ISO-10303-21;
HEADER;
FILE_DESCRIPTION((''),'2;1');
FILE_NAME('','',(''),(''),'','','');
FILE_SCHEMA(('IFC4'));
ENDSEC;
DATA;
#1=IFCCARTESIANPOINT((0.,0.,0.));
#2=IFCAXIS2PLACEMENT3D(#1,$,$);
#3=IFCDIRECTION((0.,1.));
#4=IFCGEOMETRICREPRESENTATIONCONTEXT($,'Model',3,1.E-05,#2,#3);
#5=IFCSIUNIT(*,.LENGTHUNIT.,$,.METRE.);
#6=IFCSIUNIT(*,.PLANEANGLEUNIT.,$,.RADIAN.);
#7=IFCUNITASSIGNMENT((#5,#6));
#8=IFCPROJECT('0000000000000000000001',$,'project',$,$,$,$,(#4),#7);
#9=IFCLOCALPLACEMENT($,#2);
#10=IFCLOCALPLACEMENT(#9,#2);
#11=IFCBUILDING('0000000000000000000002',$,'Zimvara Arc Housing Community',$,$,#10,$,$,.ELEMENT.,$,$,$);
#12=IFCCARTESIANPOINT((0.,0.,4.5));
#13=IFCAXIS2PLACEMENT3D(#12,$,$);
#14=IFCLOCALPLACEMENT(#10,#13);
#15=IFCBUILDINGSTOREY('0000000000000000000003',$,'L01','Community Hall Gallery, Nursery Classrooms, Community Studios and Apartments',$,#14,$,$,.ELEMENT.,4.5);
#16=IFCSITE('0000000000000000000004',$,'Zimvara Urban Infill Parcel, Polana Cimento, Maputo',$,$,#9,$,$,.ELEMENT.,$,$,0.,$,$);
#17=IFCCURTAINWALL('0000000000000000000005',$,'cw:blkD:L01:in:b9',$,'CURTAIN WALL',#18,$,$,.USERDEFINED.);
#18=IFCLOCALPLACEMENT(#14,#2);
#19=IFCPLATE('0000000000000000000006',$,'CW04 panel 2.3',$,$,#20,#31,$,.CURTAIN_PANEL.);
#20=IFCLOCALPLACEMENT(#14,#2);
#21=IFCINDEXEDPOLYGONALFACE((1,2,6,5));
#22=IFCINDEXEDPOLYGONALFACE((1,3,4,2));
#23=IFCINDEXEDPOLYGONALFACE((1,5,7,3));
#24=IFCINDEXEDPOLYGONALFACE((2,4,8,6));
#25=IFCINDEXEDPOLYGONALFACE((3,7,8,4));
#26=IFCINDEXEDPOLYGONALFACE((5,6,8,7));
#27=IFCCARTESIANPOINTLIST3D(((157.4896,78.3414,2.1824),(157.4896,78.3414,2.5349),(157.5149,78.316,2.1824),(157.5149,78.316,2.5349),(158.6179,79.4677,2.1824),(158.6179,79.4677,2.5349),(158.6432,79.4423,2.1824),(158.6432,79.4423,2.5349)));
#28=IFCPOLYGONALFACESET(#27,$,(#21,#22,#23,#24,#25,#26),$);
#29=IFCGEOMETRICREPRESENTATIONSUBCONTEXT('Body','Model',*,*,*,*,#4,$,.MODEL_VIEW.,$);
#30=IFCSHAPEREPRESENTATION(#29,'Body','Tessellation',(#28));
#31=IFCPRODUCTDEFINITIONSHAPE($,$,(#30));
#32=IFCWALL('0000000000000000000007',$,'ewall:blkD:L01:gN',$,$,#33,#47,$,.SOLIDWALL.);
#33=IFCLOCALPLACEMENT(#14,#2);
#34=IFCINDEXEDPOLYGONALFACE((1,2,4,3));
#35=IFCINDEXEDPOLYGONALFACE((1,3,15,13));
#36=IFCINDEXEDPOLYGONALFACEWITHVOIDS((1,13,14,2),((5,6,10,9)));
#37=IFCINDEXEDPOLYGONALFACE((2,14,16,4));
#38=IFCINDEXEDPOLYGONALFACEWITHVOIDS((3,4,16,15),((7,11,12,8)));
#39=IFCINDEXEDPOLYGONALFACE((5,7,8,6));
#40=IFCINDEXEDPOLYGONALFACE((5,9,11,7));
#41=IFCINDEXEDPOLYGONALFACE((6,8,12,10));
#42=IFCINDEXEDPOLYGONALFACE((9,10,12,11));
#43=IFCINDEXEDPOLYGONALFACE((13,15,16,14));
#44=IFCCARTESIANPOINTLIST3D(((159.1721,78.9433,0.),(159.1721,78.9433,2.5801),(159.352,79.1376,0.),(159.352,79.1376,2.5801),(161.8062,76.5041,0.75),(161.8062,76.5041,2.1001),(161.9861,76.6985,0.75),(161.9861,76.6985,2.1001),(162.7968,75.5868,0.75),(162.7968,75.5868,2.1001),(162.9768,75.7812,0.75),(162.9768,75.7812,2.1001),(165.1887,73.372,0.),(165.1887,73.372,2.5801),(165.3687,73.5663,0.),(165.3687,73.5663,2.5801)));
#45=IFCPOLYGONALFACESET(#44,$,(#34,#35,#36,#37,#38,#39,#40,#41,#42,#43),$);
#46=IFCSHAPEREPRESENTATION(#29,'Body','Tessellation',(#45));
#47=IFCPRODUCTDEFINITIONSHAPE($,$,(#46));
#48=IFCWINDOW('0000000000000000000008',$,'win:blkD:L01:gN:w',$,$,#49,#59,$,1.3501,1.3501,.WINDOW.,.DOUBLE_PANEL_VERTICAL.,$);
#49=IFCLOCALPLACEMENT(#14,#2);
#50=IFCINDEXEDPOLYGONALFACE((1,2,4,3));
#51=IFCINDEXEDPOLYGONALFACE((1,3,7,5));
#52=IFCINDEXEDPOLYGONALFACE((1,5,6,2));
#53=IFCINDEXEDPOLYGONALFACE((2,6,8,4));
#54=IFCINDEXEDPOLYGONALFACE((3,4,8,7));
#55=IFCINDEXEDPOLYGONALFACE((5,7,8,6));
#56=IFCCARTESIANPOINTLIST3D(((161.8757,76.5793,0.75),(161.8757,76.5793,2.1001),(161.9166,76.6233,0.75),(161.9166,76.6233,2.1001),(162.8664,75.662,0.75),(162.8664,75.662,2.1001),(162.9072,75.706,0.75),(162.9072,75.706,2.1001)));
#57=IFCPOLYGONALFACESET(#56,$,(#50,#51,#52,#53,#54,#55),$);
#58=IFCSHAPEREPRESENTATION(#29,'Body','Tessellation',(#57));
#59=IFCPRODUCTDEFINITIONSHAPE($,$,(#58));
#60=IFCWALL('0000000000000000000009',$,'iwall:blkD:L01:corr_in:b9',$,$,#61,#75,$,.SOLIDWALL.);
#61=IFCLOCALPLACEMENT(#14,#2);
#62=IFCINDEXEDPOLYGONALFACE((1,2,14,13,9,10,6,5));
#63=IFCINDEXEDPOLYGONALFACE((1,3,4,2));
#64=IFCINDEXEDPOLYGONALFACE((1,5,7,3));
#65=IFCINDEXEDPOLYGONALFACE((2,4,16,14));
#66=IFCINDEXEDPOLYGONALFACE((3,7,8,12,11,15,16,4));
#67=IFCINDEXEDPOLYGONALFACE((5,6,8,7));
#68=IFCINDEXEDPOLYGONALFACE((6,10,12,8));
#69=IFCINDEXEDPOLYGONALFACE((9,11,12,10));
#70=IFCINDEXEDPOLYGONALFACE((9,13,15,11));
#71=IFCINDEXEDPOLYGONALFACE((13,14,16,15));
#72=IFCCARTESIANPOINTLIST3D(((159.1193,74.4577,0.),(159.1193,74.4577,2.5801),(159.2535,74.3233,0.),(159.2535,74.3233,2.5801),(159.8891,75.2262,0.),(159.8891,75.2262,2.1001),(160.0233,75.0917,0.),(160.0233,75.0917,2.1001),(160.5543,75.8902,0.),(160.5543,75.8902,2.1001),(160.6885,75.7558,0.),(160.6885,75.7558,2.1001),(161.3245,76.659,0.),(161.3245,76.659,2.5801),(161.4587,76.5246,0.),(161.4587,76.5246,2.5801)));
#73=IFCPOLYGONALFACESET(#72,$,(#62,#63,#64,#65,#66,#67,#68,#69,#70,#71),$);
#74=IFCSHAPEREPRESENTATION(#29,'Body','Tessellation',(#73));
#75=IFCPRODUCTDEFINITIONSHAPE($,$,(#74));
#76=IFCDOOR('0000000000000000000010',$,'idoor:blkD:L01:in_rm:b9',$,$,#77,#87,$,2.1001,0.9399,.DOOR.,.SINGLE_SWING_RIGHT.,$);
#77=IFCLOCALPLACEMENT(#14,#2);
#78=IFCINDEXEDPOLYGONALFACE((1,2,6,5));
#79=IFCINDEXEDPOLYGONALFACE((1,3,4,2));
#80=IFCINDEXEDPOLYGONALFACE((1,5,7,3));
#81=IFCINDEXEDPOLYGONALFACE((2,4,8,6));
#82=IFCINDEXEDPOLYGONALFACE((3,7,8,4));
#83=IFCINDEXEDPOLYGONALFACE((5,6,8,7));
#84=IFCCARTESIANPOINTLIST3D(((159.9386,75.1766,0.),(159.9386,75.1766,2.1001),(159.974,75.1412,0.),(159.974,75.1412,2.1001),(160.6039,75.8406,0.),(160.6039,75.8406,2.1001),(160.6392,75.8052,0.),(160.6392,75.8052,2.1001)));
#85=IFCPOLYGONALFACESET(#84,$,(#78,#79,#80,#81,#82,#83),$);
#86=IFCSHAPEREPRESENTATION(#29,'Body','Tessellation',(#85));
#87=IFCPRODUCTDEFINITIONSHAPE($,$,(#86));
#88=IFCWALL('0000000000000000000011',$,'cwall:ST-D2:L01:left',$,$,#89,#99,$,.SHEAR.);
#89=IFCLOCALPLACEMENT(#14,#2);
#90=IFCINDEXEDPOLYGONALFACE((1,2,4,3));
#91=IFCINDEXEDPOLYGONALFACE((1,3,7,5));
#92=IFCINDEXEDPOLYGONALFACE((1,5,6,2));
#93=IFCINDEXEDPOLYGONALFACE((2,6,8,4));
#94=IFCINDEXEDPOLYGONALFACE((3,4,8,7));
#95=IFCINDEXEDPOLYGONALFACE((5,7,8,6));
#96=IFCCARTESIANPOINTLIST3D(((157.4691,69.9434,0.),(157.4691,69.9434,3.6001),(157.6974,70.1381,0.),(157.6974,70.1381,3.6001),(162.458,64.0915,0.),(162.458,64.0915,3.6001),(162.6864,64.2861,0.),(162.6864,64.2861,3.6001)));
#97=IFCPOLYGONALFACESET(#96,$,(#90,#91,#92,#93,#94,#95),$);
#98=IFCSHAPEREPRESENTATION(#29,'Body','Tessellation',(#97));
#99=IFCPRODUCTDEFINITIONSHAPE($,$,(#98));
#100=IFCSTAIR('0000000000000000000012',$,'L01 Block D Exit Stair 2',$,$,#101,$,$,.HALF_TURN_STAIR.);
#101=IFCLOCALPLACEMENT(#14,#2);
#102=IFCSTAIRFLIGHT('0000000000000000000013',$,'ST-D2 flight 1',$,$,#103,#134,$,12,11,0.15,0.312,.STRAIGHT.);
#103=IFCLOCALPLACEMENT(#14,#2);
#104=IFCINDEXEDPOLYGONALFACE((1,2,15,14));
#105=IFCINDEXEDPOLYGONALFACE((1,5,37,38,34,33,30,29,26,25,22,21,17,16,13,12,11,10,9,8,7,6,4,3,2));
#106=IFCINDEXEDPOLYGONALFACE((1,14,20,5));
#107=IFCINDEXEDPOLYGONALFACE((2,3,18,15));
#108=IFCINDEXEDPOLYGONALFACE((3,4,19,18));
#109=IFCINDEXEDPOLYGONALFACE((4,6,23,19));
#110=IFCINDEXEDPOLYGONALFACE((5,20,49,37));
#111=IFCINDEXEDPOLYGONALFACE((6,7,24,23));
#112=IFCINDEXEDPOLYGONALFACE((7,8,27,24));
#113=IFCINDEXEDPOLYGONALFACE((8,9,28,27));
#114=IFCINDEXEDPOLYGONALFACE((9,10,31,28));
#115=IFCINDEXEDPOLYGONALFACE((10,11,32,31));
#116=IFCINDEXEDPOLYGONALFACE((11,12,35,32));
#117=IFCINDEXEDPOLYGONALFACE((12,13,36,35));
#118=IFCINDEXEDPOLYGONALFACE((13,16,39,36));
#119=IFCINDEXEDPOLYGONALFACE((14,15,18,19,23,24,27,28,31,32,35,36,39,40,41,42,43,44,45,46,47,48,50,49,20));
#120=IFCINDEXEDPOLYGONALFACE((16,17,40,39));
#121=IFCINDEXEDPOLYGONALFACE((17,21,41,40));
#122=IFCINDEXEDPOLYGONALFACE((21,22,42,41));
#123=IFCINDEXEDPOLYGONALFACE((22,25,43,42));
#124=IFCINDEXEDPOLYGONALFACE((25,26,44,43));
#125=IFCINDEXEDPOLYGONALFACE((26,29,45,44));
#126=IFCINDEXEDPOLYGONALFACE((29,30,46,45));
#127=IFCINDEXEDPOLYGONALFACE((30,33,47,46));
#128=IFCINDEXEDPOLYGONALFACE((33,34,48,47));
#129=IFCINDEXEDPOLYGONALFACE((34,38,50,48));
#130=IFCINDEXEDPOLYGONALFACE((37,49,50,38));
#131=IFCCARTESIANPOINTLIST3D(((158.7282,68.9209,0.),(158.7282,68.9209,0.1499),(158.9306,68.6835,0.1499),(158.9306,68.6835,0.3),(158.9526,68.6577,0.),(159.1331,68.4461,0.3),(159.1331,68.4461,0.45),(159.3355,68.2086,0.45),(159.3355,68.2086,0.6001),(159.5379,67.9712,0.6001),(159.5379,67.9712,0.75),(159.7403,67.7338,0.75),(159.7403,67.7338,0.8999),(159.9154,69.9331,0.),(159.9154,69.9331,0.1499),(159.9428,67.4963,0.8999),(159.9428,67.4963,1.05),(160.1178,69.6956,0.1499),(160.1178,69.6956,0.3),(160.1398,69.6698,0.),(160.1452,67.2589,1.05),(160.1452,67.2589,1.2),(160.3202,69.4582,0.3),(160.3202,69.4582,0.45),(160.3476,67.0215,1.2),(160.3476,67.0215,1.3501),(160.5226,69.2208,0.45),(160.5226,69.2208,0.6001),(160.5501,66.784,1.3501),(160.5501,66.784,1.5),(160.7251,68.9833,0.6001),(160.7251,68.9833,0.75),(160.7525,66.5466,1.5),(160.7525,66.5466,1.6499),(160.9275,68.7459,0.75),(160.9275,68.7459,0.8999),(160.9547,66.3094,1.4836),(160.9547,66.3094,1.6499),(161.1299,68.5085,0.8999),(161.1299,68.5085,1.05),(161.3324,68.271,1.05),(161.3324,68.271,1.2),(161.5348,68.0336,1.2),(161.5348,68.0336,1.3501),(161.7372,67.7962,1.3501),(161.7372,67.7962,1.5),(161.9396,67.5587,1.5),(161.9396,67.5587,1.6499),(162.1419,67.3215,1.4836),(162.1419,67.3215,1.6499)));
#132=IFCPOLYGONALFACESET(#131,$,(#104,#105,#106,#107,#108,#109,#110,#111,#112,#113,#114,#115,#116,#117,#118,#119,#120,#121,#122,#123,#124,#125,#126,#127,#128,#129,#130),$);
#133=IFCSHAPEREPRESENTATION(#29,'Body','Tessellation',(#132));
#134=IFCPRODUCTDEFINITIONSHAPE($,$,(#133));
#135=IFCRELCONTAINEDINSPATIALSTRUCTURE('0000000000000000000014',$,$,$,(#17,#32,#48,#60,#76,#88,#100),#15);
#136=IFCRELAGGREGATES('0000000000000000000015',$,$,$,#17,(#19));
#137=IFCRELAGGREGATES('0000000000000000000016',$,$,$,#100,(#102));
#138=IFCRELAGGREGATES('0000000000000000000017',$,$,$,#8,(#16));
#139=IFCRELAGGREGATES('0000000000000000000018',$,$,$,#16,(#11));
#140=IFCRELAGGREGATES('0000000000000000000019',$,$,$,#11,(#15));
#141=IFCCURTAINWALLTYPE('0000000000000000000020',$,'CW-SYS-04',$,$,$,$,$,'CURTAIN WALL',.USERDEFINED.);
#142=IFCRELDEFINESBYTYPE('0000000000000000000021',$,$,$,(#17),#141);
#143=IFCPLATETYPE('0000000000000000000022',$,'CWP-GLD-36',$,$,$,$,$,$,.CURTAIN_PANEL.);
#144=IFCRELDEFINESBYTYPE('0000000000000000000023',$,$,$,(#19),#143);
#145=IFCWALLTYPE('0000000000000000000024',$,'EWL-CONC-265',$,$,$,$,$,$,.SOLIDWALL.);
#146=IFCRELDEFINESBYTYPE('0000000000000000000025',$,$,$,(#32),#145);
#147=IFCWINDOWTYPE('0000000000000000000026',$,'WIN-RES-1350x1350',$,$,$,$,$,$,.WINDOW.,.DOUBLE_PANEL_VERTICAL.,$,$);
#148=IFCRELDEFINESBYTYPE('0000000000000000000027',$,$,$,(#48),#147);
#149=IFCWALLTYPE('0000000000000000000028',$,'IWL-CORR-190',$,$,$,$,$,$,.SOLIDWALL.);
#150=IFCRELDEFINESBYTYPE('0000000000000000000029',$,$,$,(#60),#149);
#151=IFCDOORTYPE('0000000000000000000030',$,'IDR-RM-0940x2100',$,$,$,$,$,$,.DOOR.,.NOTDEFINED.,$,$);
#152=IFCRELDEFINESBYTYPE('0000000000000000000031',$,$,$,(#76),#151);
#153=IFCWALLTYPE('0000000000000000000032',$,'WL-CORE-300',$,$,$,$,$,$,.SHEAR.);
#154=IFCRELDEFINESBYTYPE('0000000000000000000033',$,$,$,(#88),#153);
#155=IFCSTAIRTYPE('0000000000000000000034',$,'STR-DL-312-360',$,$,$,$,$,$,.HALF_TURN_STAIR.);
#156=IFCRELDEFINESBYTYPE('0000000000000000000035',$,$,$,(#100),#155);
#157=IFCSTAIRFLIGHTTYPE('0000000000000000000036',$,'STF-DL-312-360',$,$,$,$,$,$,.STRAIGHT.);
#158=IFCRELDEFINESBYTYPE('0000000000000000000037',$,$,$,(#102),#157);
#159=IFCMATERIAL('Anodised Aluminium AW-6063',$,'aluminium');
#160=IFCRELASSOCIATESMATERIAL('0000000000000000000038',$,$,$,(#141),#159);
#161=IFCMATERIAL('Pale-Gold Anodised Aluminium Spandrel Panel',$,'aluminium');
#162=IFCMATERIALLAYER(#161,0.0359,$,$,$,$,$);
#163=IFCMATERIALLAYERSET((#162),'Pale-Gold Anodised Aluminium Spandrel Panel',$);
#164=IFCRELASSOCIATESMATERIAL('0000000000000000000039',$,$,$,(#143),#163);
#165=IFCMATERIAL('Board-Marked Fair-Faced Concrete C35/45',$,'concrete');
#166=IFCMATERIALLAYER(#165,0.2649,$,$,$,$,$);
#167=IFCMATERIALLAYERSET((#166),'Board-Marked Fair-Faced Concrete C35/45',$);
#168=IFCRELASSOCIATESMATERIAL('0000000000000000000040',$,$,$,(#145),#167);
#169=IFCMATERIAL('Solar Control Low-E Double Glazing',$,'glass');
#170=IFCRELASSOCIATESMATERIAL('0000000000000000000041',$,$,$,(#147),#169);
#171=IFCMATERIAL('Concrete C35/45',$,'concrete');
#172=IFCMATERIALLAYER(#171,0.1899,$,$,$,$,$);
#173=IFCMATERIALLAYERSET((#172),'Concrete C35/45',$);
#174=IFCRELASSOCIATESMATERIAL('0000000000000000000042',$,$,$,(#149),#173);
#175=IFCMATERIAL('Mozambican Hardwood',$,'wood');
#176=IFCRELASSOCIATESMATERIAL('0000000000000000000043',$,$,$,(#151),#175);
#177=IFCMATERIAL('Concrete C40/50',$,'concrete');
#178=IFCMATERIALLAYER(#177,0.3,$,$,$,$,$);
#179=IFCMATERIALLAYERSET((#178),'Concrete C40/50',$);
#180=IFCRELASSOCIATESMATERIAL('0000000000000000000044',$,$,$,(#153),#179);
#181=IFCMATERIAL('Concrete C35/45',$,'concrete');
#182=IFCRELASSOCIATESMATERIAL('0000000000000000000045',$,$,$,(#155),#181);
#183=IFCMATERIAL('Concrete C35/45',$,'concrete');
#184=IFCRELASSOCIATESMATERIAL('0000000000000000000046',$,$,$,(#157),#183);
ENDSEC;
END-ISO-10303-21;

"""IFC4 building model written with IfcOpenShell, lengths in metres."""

from ifc_helpers import new_model, si_unit, direction, frame, frame_2d, origin, origin_2d, place, context, subcontext, project, spatial, polyline, rectangle, outline, extrude, material, layer, layer_set, type_object, element, fill, aggregate, save


model = new_model("IFC4")

# Units and contexts
model_context = context("Model", 3, precision=1e-05, world=origin(), true_north=direction((0.0, 1.0)))
body_context = subcontext(model_context, "Body", "Model", "MODEL_VIEW")
ifc_project = project(units=[si_unit("LENGTHUNIT", "METRE"), si_unit("PLANEANGLEUNIT", "RADIAN")], contexts=[model_context])

# Site, building, storey
site_placement = place(None, origin())
site = spatial("IfcSite", under=ifc_project, at=site_placement, Name="Zimvara Urban Infill Parcel, Polana Cimento, Maputo", CompositionType="ELEMENT", RefElevation=0.0)
building_placement = place(site_placement, origin())
building = spatial("IfcBuilding", under=site, at=building_placement, Name="Zimvara Arc Housing Community", CompositionType="ELEMENT")
storey_placement = place(building_placement, frame((0.0, 0.0, 4.5)))
storey = spatial("IfcBuildingStorey", under=building, at=storey_placement, Name="L01", Description="Community Hall Gallery, Nursery Classrooms, Community Studios and Apartments", CompositionType="ELEMENT", Elevation=4.5)

# Curtain wall, plate
ifc_material_1 = material(Name="Anodised Aluminium AW-6063", Category="aluminium")
curtain_wall_type = type_object("IfcCurtainWallType", Name="CW-SYS-04", ElementType="CURTAIN WALL", PredefinedType="USERDEFINED", material=ifc_material_1)
curtain_wall_placement = place(storey_placement, origin())
curtain_wall = element("IfcCurtainWall", 1, at=curtain_wall_placement, inside=storey, type_object=curtain_wall_type, Name="cw:blkD:L01:in:b9", ObjectType="CURTAIN WALL", PredefinedType="USERDEFINED")
ifc_material_2 = material(Name="Pale-Gold Anodised Aluminium Spandrel Panel", Category="aluminium")
ifc_layer_1 = layer(ifc_material_2, 0.0359)
ifc_layer_set_1 = layer_set([ifc_layer_1], Name="Pale-Gold Anodised Aluminium Spandrel Panel")
plate_type = type_object("IfcPlateType", Name="CWP-GLD-36", PredefinedType="CURTAIN_PANEL", material=ifc_layer_set_1)
plate_1_placement = place(storey_placement, frame((158.0664, 78.8918, 2.1824), z_axis=(0.0, 0.0, 1.0), x_axis=(0.707723, 0.70649, 0.0)))
plate_1 = element("IfcPlate", 2, at=plate_1_placement, type_object=plate_type, Name="CW04 panel 2.3", PredefinedType="CURTAIN_PANEL", context=body_context, shape_type="SweptSolid", body=[
    extrude(rectangle(XDim=1.5942, YDim=0.0359, at=origin_2d()), origin(), (0.0, 0.0, 1.0), 0.3525),
])
aggregate(curtain_wall, [plate_1])

# Wall, opening, window
ifc_material_3 = material(Name="Board-Marked Fair-Faced Concrete C35/45", Category="concrete")
ifc_layer_2 = layer(ifc_material_3, 0.2649)
ifc_layer_set_2 = layer_set([ifc_layer_2], Name="Board-Marked Fair-Faced Concrete C35/45")
wall_type_1 = type_object("IfcWallType", Name="EWL-CONC-265", PredefinedType="SOLIDWALL", material=ifc_layer_set_2)
wall_1_placement = place(storey_placement, frame((159.262, 79.0405, 0.0), z_axis=(0.0, 0.0, 1.0), x_axis=(0.733739, -0.679432, 0.0)))
wall_1 = element("IfcWall", 3, at=wall_1_placement, inside=storey, type_object=wall_type_1, Name="ewall:blkD:L01:gN", PredefinedType="SOLIDWALL", context=body_context, shape_type="SweptSolid", body=[
    extrude(rectangle(XDim=8.2, YDim=0.2649, at=frame_2d((4.1001, 0.0))), origin(), (0.0, 0.0, 1.0), 2.5801),
])
opening_1_placement = place(wall_1_placement, frame((3.5901, 0.0, 0.75)))
opening_1 = element("IfcOpeningElement", 4, at=opening_1_placement, cuts=wall_1, PredefinedType="OPENING", context=body_context, shape_type="SweptSolid", body=[
    extrude(rectangle(XDim=1.3501, YDim=1.3501, at=frame_2d((0.675, 0.675))), frame((0.0, 0.1423, 0.0), z_axis=(0.0, -1.0, 0.0), x_axis=(1.0, 0.0, 0.0)), (0.0, 0.0, 1.0), 0.2849),
])
ifc_material_4 = material(Name="Solar Control Low-E Double Glazing", Category="glass")
window_type = type_object("IfcWindowType", Name="WIN-RES-1350x1350", PartitioningType="DOUBLE_PANEL_VERTICAL", PredefinedType="WINDOW", material=ifc_material_4)
window_placement = place(opening_1_placement, origin())
window = element("IfcWindow", 5, at=window_placement, inside=storey, type_object=window_type, Name="win:blkD:L01:gN:w", OverallHeight=1.3501, OverallWidth=1.3501, PartitioningType="DOUBLE_PANEL_VERTICAL", PredefinedType="WINDOW", context=body_context, shape_type="SweptSolid", body=[
    extrude(rectangle(XDim=1.3501, YDim=1.3501, at=frame_2d((0.675, 0.675))), frame((0.0, 0.03, 0.0), z_axis=(0.0, -1.0, 0.0), x_axis=(1.0, 0.0, 0.0)), (0.0, 0.0, 1.0), 0.0601),
])
fill(opening_1, window)

# Wall, opening, door
ifc_material_5 = material(Name="Concrete C35/45", Category="concrete")
ifc_layer_3 = layer(ifc_material_5, 0.1899)
ifc_layer_set_3 = layer_set([ifc_layer_3], Name="Concrete C35/45")
wall_type_2 = type_object("IfcWallType", Name="IWL-CORR-190", PredefinedType="SOLIDWALL", material=ifc_layer_set_3)
wall_2_placement = place(storey_placement, frame((159.1863, 74.3904, 0.0), z_axis=(0.0, 0.0, 1.0), x_axis=(0.707733, 0.70648, 0.0)))
wall_2 = element("IfcWall", 6, at=wall_2_placement, inside=storey, type_object=wall_type_2, Name="iwall:blkD:L01:corr_in:b9", PredefinedType="SOLIDWALL", context=body_context, shape_type="SweptSolid", body=[
    extrude(rectangle(XDim=3.116, YDim=0.1899, at=frame_2d((1.5581, 0.0))), origin(), (0.0, 0.0, 1.0), 2.5801),
])
opening_2_placement = place(wall_2_placement, frame((1.0879, 0.0, 0.0)))
opening_2 = element("IfcOpeningElement", 7, at=opening_2_placement, cuts=wall_2, PredefinedType="OPENING", context=body_context, shape_type="SweptSolid", body=[
    extrude(rectangle(XDim=0.9399, YDim=2.1001, at=frame_2d((0.47, 1.05))), frame((0.0, 0.105, 0.0), z_axis=(0.0, -1.0, 0.0), x_axis=(1.0, 0.0, 0.0)), (0.0, 0.0, 1.0), 0.21),
])
ifc_material_6 = material(Name="Mozambican Hardwood", Category="wood")
door_type = type_object("IfcDoorType", Name="IDR-RM-0940x2100", OperationType="NOTDEFINED", PredefinedType="DOOR", material=ifc_material_6)
door_placement = place(opening_2_placement, origin())
door = element("IfcDoor", 8, at=door_placement, inside=storey, type_object=door_type, Name="idoor:blkD:L01:in_rm:b9", OperationType="SINGLE_SWING_RIGHT", OverallHeight=2.1001, OverallWidth=0.9399, PredefinedType="DOOR", context=body_context, shape_type="SweptSolid", body=[
    extrude(rectangle(XDim=0.9399, YDim=2.1001, at=frame_2d((0.47, 1.05))), frame((0.0, 0.0249, 0.0), z_axis=(0.0, -1.0, 0.0), x_axis=(1.0, 0.0, 0.0)), (0.0, 0.0, 1.0), 0.05),
])
fill(opening_2, door)

# Wall
ifc_material_7 = material(Name="Concrete C40/50", Category="concrete")
ifc_layer_4 = layer(ifc_material_7, 0.3)
ifc_layer_set_4 = layer_set([ifc_layer_4], Name="Concrete C40/50")
wall_type_3 = type_object("IfcWallType", Name="WL-CORE-300", PredefinedType="SHEAR", material=ifc_layer_set_4)
wall_3_placement = place(storey_placement, frame((157.5833, 70.0408, 0.0), z_axis=(0.0, 0.0, 1.0), x_axis=(0.648763, -0.760991, 0.0)))
element("IfcWall", 9, at=wall_3_placement, inside=storey, type_object=wall_type_3, Name="cwall:ST-D2:L01:left", PredefinedType="SHEAR", context=body_context, shape_type="SweptSolid", body=[
    extrude(rectangle(XDim=7.6899, YDim=0.3, at=frame_2d((3.845, 0.0))), origin(), (0.0, 0.0, 1.0), 3.6001),
])

# Stair, stair flight
ifc_material_8 = material(Name="Concrete C35/45", Category="concrete")
stair_type = type_object("IfcStairType", Name="STR-DL-312-360", PredefinedType="HALF_TURN_STAIR", material=ifc_material_8)
stair_placement = place(storey_placement, origin())
stair = element("IfcStair", 10, at=stair_placement, inside=storey, type_object=stair_type, Name="L01 Block D Exit Stair 2", PredefinedType="HALF_TURN_STAIR")
ifc_material_9 = material(Name="Concrete C35/45", Category="concrete")
stair_flight_type = type_object("IfcStairFlightType", Name="STF-DL-312-360", PredefinedType="STRAIGHT", material=ifc_material_9)
stair_flight_placement = place(storey_placement, frame((159.3218, 69.427, 0.0), z_axis=(0.0, 0.0, 1.0), x_axis=(0.648784, -0.760972, 0.0)))
stair_flight = element("IfcStairFlight", 11, at=stair_flight_placement, type_object=stair_flight_type, Name="ST-D2 flight 1", NumberOfRisers=12, NumberOfTreads=11, PredefinedType="STRAIGHT", RiserHeight=0.15, TreadLength=0.312, context=body_context, shape_type="SweptSolid", body=[
    extrude(outline(polyline([(0.0, 0.0), (0.0, 0.1499), (0.312, 0.1499), (0.312, 0.3), (0.624, 0.3), (0.624, 0.45), (0.936, 0.45), (0.936, 0.6001), (1.248, 0.6001), (1.248, 0.75), (1.5601, 0.75), (1.5601, 0.8999), (1.8721, 0.8999), (1.8721, 1.05), (2.1841, 1.05), (2.1841, 1.2), (2.4961, 1.2), (2.4961, 1.3501), (2.8081, 1.3501), (2.8081, 1.5), (3.1201, 1.5), (3.1201, 1.6499), (3.4319, 1.6499), (3.4319, 1.8), (3.4319, 1.4836), (0.3459, 0.0), (0.0, 0.0)])), frame((0.0, 0.78, 0.0), z_axis=(0.0, -1.0, 0.0), x_axis=(1.0, 0.0, 0.0)), (0.0, 0.0, 1.0), 1.5601),
])
aggregate(stair, [stair_flight])

save(model, "model.ifc")
